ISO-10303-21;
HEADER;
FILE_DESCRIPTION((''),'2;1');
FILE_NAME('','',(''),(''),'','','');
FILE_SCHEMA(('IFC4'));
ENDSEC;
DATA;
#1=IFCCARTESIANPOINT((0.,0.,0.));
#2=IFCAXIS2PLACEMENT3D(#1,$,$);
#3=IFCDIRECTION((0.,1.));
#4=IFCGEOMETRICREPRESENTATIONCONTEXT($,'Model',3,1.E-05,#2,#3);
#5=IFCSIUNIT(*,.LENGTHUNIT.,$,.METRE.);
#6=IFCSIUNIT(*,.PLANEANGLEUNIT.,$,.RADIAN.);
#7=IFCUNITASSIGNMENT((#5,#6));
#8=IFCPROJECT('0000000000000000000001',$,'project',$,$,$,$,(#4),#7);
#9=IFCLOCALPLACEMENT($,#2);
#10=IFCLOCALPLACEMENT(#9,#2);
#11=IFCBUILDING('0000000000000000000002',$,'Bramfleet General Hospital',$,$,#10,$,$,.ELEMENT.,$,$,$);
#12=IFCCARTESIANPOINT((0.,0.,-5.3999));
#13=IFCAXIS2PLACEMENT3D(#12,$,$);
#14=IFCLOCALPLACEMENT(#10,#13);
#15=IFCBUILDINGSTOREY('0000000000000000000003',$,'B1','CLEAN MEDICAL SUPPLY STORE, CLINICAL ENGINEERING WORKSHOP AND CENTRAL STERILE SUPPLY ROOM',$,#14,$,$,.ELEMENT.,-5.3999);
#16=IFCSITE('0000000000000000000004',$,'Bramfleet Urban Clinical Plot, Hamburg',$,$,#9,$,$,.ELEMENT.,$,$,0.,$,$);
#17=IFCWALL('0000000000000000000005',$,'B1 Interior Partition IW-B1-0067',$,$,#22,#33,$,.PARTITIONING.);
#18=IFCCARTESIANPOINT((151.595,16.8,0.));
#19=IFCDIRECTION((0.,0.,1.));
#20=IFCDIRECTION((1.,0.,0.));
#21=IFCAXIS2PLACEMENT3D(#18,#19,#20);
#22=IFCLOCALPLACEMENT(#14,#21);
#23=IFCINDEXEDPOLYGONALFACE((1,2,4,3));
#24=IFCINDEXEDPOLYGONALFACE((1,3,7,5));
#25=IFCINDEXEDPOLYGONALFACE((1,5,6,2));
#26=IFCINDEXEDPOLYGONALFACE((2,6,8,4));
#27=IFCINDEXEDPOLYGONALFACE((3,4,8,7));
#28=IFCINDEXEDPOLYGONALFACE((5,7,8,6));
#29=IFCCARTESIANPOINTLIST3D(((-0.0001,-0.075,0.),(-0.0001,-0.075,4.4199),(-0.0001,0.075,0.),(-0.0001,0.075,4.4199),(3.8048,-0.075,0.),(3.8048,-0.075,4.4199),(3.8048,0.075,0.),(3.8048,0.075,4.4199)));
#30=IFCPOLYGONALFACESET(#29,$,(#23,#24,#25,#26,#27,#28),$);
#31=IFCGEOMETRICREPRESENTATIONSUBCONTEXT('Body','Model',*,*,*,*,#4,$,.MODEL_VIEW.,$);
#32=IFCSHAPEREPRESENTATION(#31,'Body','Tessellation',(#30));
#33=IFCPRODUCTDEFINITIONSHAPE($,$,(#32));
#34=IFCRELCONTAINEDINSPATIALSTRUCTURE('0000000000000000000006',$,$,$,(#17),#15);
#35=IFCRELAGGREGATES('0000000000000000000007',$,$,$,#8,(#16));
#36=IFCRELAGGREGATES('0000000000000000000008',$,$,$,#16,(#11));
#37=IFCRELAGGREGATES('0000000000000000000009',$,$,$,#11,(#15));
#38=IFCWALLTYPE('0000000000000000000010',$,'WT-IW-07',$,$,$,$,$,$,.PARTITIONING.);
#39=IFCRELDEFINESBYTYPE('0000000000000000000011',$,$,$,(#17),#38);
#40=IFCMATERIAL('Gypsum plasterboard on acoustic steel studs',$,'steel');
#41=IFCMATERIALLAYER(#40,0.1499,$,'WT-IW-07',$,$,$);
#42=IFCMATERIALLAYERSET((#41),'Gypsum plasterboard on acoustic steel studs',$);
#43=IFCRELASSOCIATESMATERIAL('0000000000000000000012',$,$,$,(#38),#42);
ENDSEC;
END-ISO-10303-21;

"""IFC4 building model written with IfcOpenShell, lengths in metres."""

from ifc_helpers import new_model, si_unit, direction, frame, frame_2d, origin, place, context, subcontext, project, spatial, rectangle, extrude, material, layer, layer_set, type_object, element, save


model = new_model("IFC4")

# Units and contexts
model_context = context("Model", 3, precision=1e-05, world=origin(), true_north=direction((0.0, 1.0)))
body_context = subcontext(model_context, "Body", "Model", "MODEL_VIEW")
ifc_project = project(units=[si_unit("LENGTHUNIT", "METRE"), si_unit("PLANEANGLEUNIT", "RADIAN")], contexts=[model_context])

# Site, building, storey
site_placement = place(None, origin())
site = spatial("IfcSite", under=ifc_project, at=site_placement, Name="Bramfleet Urban Clinical Plot, Hamburg", CompositionType="ELEMENT", RefElevation=0.0)
building_placement = place(site_placement, origin())
building = spatial("IfcBuilding", under=site, at=building_placement, Name="Bramfleet General Hospital", CompositionType="ELEMENT")
storey_placement = place(building_placement, frame((0.0, 0.0, -5.3999)))
storey = spatial("IfcBuildingStorey", under=building, at=storey_placement, Name="B1", Description="CLEAN MEDICAL SUPPLY STORE, CLINICAL ENGINEERING WORKSHOP AND CENTRAL STERILE SUPPLY ROOM", CompositionType="ELEMENT", Elevation=-5.3999)

# Wall
ifc_material_1 = material(Name="Gypsum plasterboard on acoustic steel studs", Category="steel")
ifc_layer_1 = layer(ifc_material_1, 0.1499, Name="WT-IW-07")
ifc_layer_set_1 = layer_set([ifc_layer_1], Name="Gypsum plasterboard on acoustic steel studs")
wall_type_1 = type_object("IfcWallType", Name="WT-IW-07", PredefinedType="PARTITIONING", material=ifc_layer_set_1)
wall_1_placement = place(storey_placement, frame((151.595, 16.8, 0.0), z_axis=(0.0, 0.0, 1.0), x_axis=(1.0, 0.0, 0.0)))
element("IfcWall", 1, at=wall_1_placement, inside=storey, type_object=wall_type_1, Name="B1 Interior Partition IW-B1-0067", PredefinedType="PARTITIONING", context=body_context, shape_type="SweptSolid", body=[
    extrude(rectangle(XDim=3.8049, YDim=0.1499, at=frame_2d((1.9023, 0.0))), origin(), (0.0, 0.0, 1.0), 4.4199),
])

save(model, "model.ifc")
